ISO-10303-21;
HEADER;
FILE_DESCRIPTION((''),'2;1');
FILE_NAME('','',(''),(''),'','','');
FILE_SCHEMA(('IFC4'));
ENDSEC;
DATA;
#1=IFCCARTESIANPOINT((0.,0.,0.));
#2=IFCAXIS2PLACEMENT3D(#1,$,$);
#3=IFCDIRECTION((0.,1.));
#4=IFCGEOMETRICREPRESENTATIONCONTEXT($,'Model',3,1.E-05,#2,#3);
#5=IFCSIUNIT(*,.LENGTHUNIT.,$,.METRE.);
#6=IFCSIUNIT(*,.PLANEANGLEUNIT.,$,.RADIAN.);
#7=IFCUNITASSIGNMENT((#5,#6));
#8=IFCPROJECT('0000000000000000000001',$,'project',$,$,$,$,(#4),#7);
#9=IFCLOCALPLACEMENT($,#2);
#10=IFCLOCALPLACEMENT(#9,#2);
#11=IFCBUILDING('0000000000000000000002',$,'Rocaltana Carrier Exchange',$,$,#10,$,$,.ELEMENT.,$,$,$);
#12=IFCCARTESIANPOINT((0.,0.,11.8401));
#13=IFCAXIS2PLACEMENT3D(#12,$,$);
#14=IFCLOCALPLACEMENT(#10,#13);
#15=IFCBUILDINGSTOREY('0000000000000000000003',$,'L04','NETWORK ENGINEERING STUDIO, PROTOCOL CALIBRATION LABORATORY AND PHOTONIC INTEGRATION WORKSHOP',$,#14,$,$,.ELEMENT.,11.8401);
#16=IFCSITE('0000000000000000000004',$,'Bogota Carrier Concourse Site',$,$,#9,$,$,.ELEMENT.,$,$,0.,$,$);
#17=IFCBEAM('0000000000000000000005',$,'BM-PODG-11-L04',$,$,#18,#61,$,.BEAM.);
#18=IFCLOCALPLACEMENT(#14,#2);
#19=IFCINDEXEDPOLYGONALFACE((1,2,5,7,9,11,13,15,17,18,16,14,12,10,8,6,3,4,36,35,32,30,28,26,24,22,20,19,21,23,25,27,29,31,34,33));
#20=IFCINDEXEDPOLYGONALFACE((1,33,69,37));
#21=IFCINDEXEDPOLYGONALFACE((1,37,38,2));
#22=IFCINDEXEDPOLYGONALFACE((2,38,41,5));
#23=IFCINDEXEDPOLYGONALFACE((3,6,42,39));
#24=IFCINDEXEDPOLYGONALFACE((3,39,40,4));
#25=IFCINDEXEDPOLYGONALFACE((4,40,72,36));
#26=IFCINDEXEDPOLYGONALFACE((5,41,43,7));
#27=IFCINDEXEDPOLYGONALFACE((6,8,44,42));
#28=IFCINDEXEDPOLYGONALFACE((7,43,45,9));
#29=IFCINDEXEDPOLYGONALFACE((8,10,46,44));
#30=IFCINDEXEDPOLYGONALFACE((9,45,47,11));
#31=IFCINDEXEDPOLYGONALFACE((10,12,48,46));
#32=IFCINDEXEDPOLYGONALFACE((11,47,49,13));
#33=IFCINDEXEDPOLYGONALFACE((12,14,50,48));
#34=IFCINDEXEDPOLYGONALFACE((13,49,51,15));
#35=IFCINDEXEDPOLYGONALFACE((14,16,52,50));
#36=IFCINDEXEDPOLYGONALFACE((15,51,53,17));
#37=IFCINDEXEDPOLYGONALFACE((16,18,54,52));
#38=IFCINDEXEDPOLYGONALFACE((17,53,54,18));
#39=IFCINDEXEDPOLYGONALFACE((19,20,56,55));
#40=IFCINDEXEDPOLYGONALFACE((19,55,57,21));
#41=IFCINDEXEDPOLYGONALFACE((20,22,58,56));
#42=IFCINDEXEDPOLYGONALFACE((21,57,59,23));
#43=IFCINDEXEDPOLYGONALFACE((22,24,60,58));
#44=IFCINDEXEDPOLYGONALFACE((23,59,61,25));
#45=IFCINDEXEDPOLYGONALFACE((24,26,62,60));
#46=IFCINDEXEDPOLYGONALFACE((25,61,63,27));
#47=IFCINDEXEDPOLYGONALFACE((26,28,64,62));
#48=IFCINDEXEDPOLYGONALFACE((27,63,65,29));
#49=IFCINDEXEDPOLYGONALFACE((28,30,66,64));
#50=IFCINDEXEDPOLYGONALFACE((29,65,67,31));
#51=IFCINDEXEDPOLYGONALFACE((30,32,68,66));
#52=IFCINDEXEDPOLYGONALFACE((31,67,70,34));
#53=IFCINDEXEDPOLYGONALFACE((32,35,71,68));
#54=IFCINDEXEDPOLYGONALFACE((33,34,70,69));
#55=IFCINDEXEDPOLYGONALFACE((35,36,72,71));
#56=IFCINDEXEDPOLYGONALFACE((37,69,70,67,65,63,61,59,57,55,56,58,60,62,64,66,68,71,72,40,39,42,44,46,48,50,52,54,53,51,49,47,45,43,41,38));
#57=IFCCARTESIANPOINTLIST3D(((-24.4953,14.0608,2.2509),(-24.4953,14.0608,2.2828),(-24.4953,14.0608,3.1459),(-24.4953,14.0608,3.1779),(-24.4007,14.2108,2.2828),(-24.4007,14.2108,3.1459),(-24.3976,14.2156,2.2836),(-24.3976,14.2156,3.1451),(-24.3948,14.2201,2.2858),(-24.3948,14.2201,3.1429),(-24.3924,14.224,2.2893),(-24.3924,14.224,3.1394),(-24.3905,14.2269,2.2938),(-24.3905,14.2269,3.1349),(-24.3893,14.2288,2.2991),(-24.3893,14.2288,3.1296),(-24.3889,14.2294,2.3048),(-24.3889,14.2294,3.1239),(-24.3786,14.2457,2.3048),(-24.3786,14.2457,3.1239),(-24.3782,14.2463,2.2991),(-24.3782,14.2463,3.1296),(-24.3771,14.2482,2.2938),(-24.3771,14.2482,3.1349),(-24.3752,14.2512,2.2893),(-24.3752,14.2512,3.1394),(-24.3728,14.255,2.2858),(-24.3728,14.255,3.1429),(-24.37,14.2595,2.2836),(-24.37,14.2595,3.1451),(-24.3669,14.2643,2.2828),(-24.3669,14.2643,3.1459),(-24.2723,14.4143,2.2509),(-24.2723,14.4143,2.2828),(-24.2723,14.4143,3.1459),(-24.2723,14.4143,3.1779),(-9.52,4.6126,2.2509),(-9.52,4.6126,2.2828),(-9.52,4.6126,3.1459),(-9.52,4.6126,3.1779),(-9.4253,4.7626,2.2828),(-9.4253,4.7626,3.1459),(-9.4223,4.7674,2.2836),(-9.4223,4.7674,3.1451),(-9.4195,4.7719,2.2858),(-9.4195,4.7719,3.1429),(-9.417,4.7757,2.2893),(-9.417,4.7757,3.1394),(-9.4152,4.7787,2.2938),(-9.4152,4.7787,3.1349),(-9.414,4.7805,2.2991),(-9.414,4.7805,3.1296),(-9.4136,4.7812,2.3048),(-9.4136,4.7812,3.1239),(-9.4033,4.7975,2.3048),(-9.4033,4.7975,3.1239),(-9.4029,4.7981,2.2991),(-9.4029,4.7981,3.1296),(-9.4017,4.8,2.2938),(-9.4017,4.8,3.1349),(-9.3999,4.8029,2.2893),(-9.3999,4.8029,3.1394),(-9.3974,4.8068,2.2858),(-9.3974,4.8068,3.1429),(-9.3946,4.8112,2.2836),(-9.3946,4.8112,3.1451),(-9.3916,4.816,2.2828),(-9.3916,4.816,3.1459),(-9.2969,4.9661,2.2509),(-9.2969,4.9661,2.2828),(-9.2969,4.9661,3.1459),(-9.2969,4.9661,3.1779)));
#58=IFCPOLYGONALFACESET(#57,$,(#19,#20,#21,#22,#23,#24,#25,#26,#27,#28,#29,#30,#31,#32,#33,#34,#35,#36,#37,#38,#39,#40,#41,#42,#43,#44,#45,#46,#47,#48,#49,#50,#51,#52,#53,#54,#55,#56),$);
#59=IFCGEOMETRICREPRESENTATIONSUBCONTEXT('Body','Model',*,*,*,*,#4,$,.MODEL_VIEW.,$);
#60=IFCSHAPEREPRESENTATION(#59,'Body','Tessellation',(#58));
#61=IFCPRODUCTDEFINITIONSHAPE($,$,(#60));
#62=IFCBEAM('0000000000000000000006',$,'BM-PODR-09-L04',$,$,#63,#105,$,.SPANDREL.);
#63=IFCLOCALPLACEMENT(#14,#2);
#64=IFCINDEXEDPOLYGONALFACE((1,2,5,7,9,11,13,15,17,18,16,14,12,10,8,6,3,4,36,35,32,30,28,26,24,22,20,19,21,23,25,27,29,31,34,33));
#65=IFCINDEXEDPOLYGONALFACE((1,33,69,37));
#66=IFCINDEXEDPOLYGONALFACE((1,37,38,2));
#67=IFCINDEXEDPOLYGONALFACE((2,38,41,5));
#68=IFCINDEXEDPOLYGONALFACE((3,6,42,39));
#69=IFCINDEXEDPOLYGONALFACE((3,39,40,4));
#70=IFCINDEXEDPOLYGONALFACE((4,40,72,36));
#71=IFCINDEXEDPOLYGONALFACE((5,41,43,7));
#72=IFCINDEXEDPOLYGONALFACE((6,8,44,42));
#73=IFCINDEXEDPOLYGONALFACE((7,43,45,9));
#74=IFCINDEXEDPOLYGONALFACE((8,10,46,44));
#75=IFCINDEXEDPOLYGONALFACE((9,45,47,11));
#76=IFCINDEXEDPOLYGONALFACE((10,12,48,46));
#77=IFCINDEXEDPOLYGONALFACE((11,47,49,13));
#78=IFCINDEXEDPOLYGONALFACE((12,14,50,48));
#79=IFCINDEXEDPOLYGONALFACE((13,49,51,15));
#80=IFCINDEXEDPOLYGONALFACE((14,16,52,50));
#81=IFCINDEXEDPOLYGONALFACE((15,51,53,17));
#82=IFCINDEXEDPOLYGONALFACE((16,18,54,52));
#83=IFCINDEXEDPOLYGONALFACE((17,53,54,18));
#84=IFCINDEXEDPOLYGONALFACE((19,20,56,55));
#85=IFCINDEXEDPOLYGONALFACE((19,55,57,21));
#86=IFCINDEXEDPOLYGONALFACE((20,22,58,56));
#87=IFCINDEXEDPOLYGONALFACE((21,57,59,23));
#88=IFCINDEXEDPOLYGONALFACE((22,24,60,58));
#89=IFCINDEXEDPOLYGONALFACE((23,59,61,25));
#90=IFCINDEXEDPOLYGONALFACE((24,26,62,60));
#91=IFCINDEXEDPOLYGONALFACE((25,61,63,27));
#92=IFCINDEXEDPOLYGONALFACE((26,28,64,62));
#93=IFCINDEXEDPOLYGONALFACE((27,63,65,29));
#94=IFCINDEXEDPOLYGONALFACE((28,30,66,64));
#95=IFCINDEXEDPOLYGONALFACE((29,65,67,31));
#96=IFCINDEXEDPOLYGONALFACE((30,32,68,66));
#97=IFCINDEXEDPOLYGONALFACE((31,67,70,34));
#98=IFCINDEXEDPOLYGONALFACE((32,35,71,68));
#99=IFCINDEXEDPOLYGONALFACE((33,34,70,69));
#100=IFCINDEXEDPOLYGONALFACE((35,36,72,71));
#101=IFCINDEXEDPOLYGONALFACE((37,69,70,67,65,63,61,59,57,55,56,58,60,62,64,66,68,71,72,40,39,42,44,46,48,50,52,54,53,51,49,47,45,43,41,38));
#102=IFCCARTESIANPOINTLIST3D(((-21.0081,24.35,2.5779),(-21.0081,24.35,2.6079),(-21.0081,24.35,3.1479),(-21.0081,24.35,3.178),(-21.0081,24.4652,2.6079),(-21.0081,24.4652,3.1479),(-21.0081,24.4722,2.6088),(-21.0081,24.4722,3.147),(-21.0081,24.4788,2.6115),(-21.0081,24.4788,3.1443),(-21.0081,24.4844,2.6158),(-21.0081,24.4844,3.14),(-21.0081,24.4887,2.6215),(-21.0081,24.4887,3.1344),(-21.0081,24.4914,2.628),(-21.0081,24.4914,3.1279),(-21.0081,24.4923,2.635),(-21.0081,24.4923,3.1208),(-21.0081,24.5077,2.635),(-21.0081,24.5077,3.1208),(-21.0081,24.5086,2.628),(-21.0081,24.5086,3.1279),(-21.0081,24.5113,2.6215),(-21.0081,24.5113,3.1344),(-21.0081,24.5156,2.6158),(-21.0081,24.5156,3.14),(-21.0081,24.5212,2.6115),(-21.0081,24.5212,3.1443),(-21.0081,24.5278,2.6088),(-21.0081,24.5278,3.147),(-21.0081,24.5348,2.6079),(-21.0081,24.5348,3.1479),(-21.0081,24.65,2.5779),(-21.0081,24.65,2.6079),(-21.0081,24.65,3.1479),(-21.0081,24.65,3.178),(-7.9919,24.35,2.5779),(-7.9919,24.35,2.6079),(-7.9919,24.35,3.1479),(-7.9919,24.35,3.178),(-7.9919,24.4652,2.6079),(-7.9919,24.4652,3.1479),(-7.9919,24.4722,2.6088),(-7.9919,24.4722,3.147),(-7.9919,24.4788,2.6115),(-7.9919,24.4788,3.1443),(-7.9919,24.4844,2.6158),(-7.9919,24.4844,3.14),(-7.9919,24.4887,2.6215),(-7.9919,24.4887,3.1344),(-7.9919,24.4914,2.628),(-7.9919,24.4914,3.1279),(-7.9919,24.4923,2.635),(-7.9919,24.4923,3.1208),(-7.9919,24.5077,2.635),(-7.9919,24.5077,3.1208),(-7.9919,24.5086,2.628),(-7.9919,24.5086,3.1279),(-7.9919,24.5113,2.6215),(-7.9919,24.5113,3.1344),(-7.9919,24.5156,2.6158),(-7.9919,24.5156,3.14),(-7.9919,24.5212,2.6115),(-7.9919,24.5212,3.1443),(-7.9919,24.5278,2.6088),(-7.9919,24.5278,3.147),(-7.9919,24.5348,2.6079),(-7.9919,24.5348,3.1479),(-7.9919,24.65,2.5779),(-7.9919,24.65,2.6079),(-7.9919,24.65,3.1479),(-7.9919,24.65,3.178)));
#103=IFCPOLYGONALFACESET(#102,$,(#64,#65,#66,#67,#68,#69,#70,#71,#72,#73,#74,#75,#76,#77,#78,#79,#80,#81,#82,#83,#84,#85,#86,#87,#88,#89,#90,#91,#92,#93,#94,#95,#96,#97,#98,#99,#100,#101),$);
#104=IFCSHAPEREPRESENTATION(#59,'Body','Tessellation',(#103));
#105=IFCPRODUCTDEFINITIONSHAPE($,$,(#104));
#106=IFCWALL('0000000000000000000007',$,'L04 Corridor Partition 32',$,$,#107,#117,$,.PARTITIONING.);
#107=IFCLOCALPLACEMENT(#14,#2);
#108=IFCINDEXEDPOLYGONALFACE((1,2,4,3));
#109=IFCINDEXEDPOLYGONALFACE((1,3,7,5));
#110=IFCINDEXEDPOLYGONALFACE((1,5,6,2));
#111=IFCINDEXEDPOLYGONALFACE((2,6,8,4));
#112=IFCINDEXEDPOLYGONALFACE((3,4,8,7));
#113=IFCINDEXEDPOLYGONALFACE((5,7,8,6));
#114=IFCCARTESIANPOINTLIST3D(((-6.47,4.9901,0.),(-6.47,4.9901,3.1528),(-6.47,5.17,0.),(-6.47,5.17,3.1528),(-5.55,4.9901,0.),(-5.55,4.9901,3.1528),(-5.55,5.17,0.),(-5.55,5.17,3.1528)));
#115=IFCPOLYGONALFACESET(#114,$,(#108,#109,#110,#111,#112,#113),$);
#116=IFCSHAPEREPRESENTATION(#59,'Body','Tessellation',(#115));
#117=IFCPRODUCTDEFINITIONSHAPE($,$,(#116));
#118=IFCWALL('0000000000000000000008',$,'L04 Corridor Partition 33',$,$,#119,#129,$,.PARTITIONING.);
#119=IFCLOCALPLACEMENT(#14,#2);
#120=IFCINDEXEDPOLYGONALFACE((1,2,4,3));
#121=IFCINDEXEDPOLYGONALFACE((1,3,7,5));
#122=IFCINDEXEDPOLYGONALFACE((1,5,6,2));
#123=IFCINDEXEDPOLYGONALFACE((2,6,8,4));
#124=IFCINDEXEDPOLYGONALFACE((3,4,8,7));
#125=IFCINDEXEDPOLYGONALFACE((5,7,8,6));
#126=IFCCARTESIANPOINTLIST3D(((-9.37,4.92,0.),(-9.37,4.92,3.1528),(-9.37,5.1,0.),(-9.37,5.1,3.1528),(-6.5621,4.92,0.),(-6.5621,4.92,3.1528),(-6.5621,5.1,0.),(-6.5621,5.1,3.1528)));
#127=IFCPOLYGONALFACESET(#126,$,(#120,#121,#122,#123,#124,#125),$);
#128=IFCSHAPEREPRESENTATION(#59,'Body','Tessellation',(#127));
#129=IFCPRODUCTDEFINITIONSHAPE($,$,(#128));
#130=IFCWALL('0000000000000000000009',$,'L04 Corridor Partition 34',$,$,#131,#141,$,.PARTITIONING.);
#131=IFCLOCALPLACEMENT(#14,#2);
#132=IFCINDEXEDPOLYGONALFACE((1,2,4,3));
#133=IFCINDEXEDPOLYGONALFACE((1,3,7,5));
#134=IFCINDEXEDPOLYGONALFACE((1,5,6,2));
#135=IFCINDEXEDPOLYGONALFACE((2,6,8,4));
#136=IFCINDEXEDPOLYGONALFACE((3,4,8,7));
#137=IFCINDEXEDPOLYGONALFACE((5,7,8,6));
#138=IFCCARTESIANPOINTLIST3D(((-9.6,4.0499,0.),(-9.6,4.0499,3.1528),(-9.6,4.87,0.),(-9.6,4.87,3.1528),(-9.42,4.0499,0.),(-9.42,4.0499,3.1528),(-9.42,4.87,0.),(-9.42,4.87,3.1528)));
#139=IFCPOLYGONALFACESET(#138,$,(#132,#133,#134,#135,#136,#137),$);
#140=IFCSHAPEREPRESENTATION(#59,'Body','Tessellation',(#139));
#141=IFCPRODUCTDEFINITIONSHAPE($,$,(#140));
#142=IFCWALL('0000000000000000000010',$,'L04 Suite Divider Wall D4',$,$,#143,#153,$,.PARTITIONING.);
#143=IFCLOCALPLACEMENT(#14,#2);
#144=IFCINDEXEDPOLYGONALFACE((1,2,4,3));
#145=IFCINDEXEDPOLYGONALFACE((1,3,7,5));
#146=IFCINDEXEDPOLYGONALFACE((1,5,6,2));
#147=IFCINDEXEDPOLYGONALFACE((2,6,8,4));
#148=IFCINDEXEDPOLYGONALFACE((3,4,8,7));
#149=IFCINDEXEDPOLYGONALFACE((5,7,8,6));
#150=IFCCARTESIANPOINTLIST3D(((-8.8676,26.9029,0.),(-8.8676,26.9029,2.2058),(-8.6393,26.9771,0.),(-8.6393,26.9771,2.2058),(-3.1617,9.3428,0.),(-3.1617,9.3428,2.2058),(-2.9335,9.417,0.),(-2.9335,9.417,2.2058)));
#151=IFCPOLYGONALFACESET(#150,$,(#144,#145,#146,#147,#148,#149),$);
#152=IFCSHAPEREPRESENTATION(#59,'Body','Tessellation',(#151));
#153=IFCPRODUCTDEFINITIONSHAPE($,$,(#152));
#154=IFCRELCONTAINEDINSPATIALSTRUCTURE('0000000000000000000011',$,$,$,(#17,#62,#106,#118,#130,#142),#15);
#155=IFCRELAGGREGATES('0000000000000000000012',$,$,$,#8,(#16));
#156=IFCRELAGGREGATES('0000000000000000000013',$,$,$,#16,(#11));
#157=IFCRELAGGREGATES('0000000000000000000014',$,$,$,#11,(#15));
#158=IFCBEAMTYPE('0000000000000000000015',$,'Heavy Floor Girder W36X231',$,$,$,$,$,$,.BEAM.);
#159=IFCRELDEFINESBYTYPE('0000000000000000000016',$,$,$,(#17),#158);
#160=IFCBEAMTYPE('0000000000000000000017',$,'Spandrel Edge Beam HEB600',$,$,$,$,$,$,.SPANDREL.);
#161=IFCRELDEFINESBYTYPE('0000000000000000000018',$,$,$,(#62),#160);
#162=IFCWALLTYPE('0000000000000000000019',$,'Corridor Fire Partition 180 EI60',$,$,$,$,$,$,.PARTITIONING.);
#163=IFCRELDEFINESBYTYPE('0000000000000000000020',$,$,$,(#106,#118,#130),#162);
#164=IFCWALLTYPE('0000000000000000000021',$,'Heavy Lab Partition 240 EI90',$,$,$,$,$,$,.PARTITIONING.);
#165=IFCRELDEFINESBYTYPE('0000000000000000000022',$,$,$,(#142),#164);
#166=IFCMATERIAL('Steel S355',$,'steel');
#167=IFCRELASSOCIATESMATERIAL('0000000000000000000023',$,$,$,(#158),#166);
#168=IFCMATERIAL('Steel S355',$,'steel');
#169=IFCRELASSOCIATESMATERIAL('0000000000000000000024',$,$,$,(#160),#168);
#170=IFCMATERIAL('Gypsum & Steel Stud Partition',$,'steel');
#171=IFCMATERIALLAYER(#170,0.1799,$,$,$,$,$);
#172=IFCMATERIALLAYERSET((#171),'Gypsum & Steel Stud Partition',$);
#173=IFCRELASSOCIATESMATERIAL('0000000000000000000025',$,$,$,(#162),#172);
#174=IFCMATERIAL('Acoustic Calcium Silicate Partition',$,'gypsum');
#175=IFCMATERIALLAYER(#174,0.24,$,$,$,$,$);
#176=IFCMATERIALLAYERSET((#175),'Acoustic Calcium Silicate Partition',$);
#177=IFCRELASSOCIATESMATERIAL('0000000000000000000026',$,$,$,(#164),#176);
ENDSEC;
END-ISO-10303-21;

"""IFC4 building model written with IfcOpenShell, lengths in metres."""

from ifc_helpers import new_model, si_unit, direction, frame, frame_2d, origin, origin_2d, place, context, subcontext, project, spatial, rectangle, i_section, extrude, material, layer, layer_set, material_profile, profile_set, type_object, element, save


model = new_model("IFC4")

# Units and contexts
model_context = context("Model", 3, precision=1e-05, world=origin(), true_north=direction((0.0, 1.0)))
body_context = subcontext(model_context, "Body", "Model", "MODEL_VIEW")
ifc_project = project(units=[si_unit("LENGTHUNIT", "METRE"), si_unit("PLANEANGLEUNIT", "RADIAN")], contexts=[model_context])

# Site, building, storey
site_placement = place(None, origin())
site = spatial("IfcSite", under=ifc_project, at=site_placement, Name="Bogota Carrier Concourse Site", CompositionType="ELEMENT", RefElevation=0.0)
building_placement = place(site_placement, origin())
building = spatial("IfcBuilding", under=site, at=building_placement, Name="Rocaltana Carrier Exchange", CompositionType="ELEMENT")
storey_placement = place(building_placement, frame((0.0, 0.0, 11.8401)))
storey = spatial("IfcBuildingStorey", under=building, at=storey_placement, Name="L04", Description="NETWORK ENGINEERING STUDIO, PROTOCOL CALIBRATION LABORATORY AND PHOTONIC INTEGRATION WORKSHOP", CompositionType="ELEMENT", Elevation=11.8401)

# Beams
ifc_material_1 = material(Name="Steel S355", Category="steel")
ifc_material_profile_1 = material_profile(ifc_material_1, i_section(OverallWidth=0.418, OverallDepth=0.927, WebThickness=0.0193, FlangeThickness=0.032, FilletRadius=0.022, at=origin_2d()), Name="W36X231")
ifc_profile_set_1 = profile_set([ifc_material_profile_1], Name="Steel S355")
beam_type_1 = type_object("IfcBeamType", Name="Heavy Floor Girder W36X231", PredefinedType="BEAM", material=ifc_profile_set_1)
beam_1_placement = place(storey_placement, frame((-9.4084, 4.7893, 2.7144), z_axis=(-0.84574, 0.533595, 0.0), x_axis=(-0.533595, -0.84574, 0.0)))
element("IfcBeam", 1, at=beam_1_placement, inside=storey, type_object=beam_type_1, Name="BM-PODG-11-L04", PredefinedType="BEAM", context=body_context, shape_type="SweptSolid", body=[
    extrude(i_section(OverallWidth=0.418, OverallDepth=0.927, WebThickness=0.0193, FlangeThickness=0.032, FilletRadius=0.022, at=origin_2d()), origin(), (0.0, 0.0, 1.0), 17.7068),
])
ifc_material_2 = material(Name="Steel S355", Category="steel")
ifc_material_profile_2 = material_profile(ifc_material_2, i_section(OverallWidth=0.3, OverallDepth=0.6001, WebThickness=0.0154, FlangeThickness=0.03, FilletRadius=0.0271, at=origin_2d()), Name="HEB600")
ifc_profile_set_2 = profile_set([ifc_material_profile_2], Name="Steel S355")
beam_type_2 = type_object("IfcBeamType", Name="Spandrel Edge Beam HEB600", PredefinedType="SPANDREL", material=ifc_profile_set_2)
beam_2_placement = place(storey_placement, frame((-7.9919, 24.5, 2.8779), z_axis=(-1.0, 0.0, 0.0), x_axis=(0.0, -1.0, 0.0)))
element("IfcBeam", 2, at=beam_2_placement, inside=storey, type_object=beam_type_2, Name="BM-PODR-09-L04", PredefinedType="SPANDREL", context=body_context, shape_type="SweptSolid", body=[
    extrude(i_section(OverallWidth=0.3, OverallDepth=0.6001, WebThickness=0.0154, FlangeThickness=0.03, FilletRadius=0.0271, at=origin_2d()), origin(), (0.0, 0.0, 1.0), 13.0161),
])

# Walls
ifc_material_3 = material(Name="Gypsum & Steel Stud Partition", Category="steel")
ifc_layer_1 = layer(ifc_material_3, 0.1799)
ifc_layer_set_1 = layer_set([ifc_layer_1], Name="Gypsum & Steel Stud Partition")
wall_type_1 = type_object("IfcWallType", Name="Corridor Fire Partition 180 EI60", PredefinedType="PARTITIONING", material=ifc_layer_set_1)
wall_1_placement = place(storey_placement, frame((-5.55, 5.0801, 0.0), z_axis=(0.0, 0.0, 1.0), x_axis=(-1.0, 0.0, 0.0)))
element("IfcWall", 3, at=wall_1_placement, inside=storey, type_object=wall_type_1, Name="L04 Corridor Partition 32", PredefinedType="PARTITIONING", context=body_context, shape_type="SweptSolid", body=[
    extrude(rectangle(XDim=0.9199, YDim=0.1799, at=frame_2d((0.46, 0.0))), origin(), (0.0, 0.0, 1.0), 3.1528),
])
wall_2_placement = place(storey_placement, frame((-6.5623, 5.01, 0.0), z_axis=(0.0, 0.0, 1.0), x_axis=(-1.0, 0.0, 0.0)))
element("IfcWall", 4, at=wall_2_placement, inside=storey, type_object=wall_type_1, Name="L04 Corridor Partition 33", PredefinedType="PARTITIONING", context=body_context, shape_type="SweptSolid", body=[
    extrude(rectangle(XDim=2.8079, YDim=0.1799, at=frame_2d((1.4038, 0.0))), origin(), (0.0, 0.0, 1.0), 3.1528),
])
wall_3_placement = place(storey_placement, frame((-9.51, 4.8701, 0.0), z_axis=(0.0, 0.0, 1.0), x_axis=(0.0, -1.0, 0.0)))
element("IfcWall", 5, at=wall_3_placement, inside=storey, type_object=wall_type_1, Name="L04 Corridor Partition 34", PredefinedType="PARTITIONING", context=body_context, shape_type="SweptSolid", body=[
    extrude(rectangle(XDim=0.8201, YDim=0.1799, at=frame_2d((0.4102, 0.0))), origin(), (0.0, 0.0, 1.0), 3.1528),
])
ifc_material_4 = material(Name="Acoustic Calcium Silicate Partition", Category="gypsum")
ifc_layer_2 = layer(ifc_material_4, 0.24)
ifc_layer_set_2 = layer_set([ifc_layer_2], Name="Acoustic Calcium Silicate Partition")
wall_type_2 = type_object("IfcWallType", Name="Heavy Lab Partition 240 EI90", PredefinedType="PARTITIONING", material=ifc_layer_set_2)
wall_4_placement = place(storey_placement, frame((-3.0476, 9.3799, 0.0), z_axis=(0.0, 0.0, 1.0), x_axis=(-0.309027, 0.951053, 0.0)))
element("IfcWall", 6, at=wall_4_placement, inside=storey, type_object=wall_type_2, Name="L04 Suite Divider Wall D4", PredefinedType="PARTITIONING", context=body_context, shape_type="SweptSolid", body=[
    extrude(rectangle(XDim=18.4639, YDim=0.24, at=frame_2d((9.2319, 0.0))), origin(), (0.0, 0.0, 1.0), 2.2058),
])

save(model, "model.ifc")
